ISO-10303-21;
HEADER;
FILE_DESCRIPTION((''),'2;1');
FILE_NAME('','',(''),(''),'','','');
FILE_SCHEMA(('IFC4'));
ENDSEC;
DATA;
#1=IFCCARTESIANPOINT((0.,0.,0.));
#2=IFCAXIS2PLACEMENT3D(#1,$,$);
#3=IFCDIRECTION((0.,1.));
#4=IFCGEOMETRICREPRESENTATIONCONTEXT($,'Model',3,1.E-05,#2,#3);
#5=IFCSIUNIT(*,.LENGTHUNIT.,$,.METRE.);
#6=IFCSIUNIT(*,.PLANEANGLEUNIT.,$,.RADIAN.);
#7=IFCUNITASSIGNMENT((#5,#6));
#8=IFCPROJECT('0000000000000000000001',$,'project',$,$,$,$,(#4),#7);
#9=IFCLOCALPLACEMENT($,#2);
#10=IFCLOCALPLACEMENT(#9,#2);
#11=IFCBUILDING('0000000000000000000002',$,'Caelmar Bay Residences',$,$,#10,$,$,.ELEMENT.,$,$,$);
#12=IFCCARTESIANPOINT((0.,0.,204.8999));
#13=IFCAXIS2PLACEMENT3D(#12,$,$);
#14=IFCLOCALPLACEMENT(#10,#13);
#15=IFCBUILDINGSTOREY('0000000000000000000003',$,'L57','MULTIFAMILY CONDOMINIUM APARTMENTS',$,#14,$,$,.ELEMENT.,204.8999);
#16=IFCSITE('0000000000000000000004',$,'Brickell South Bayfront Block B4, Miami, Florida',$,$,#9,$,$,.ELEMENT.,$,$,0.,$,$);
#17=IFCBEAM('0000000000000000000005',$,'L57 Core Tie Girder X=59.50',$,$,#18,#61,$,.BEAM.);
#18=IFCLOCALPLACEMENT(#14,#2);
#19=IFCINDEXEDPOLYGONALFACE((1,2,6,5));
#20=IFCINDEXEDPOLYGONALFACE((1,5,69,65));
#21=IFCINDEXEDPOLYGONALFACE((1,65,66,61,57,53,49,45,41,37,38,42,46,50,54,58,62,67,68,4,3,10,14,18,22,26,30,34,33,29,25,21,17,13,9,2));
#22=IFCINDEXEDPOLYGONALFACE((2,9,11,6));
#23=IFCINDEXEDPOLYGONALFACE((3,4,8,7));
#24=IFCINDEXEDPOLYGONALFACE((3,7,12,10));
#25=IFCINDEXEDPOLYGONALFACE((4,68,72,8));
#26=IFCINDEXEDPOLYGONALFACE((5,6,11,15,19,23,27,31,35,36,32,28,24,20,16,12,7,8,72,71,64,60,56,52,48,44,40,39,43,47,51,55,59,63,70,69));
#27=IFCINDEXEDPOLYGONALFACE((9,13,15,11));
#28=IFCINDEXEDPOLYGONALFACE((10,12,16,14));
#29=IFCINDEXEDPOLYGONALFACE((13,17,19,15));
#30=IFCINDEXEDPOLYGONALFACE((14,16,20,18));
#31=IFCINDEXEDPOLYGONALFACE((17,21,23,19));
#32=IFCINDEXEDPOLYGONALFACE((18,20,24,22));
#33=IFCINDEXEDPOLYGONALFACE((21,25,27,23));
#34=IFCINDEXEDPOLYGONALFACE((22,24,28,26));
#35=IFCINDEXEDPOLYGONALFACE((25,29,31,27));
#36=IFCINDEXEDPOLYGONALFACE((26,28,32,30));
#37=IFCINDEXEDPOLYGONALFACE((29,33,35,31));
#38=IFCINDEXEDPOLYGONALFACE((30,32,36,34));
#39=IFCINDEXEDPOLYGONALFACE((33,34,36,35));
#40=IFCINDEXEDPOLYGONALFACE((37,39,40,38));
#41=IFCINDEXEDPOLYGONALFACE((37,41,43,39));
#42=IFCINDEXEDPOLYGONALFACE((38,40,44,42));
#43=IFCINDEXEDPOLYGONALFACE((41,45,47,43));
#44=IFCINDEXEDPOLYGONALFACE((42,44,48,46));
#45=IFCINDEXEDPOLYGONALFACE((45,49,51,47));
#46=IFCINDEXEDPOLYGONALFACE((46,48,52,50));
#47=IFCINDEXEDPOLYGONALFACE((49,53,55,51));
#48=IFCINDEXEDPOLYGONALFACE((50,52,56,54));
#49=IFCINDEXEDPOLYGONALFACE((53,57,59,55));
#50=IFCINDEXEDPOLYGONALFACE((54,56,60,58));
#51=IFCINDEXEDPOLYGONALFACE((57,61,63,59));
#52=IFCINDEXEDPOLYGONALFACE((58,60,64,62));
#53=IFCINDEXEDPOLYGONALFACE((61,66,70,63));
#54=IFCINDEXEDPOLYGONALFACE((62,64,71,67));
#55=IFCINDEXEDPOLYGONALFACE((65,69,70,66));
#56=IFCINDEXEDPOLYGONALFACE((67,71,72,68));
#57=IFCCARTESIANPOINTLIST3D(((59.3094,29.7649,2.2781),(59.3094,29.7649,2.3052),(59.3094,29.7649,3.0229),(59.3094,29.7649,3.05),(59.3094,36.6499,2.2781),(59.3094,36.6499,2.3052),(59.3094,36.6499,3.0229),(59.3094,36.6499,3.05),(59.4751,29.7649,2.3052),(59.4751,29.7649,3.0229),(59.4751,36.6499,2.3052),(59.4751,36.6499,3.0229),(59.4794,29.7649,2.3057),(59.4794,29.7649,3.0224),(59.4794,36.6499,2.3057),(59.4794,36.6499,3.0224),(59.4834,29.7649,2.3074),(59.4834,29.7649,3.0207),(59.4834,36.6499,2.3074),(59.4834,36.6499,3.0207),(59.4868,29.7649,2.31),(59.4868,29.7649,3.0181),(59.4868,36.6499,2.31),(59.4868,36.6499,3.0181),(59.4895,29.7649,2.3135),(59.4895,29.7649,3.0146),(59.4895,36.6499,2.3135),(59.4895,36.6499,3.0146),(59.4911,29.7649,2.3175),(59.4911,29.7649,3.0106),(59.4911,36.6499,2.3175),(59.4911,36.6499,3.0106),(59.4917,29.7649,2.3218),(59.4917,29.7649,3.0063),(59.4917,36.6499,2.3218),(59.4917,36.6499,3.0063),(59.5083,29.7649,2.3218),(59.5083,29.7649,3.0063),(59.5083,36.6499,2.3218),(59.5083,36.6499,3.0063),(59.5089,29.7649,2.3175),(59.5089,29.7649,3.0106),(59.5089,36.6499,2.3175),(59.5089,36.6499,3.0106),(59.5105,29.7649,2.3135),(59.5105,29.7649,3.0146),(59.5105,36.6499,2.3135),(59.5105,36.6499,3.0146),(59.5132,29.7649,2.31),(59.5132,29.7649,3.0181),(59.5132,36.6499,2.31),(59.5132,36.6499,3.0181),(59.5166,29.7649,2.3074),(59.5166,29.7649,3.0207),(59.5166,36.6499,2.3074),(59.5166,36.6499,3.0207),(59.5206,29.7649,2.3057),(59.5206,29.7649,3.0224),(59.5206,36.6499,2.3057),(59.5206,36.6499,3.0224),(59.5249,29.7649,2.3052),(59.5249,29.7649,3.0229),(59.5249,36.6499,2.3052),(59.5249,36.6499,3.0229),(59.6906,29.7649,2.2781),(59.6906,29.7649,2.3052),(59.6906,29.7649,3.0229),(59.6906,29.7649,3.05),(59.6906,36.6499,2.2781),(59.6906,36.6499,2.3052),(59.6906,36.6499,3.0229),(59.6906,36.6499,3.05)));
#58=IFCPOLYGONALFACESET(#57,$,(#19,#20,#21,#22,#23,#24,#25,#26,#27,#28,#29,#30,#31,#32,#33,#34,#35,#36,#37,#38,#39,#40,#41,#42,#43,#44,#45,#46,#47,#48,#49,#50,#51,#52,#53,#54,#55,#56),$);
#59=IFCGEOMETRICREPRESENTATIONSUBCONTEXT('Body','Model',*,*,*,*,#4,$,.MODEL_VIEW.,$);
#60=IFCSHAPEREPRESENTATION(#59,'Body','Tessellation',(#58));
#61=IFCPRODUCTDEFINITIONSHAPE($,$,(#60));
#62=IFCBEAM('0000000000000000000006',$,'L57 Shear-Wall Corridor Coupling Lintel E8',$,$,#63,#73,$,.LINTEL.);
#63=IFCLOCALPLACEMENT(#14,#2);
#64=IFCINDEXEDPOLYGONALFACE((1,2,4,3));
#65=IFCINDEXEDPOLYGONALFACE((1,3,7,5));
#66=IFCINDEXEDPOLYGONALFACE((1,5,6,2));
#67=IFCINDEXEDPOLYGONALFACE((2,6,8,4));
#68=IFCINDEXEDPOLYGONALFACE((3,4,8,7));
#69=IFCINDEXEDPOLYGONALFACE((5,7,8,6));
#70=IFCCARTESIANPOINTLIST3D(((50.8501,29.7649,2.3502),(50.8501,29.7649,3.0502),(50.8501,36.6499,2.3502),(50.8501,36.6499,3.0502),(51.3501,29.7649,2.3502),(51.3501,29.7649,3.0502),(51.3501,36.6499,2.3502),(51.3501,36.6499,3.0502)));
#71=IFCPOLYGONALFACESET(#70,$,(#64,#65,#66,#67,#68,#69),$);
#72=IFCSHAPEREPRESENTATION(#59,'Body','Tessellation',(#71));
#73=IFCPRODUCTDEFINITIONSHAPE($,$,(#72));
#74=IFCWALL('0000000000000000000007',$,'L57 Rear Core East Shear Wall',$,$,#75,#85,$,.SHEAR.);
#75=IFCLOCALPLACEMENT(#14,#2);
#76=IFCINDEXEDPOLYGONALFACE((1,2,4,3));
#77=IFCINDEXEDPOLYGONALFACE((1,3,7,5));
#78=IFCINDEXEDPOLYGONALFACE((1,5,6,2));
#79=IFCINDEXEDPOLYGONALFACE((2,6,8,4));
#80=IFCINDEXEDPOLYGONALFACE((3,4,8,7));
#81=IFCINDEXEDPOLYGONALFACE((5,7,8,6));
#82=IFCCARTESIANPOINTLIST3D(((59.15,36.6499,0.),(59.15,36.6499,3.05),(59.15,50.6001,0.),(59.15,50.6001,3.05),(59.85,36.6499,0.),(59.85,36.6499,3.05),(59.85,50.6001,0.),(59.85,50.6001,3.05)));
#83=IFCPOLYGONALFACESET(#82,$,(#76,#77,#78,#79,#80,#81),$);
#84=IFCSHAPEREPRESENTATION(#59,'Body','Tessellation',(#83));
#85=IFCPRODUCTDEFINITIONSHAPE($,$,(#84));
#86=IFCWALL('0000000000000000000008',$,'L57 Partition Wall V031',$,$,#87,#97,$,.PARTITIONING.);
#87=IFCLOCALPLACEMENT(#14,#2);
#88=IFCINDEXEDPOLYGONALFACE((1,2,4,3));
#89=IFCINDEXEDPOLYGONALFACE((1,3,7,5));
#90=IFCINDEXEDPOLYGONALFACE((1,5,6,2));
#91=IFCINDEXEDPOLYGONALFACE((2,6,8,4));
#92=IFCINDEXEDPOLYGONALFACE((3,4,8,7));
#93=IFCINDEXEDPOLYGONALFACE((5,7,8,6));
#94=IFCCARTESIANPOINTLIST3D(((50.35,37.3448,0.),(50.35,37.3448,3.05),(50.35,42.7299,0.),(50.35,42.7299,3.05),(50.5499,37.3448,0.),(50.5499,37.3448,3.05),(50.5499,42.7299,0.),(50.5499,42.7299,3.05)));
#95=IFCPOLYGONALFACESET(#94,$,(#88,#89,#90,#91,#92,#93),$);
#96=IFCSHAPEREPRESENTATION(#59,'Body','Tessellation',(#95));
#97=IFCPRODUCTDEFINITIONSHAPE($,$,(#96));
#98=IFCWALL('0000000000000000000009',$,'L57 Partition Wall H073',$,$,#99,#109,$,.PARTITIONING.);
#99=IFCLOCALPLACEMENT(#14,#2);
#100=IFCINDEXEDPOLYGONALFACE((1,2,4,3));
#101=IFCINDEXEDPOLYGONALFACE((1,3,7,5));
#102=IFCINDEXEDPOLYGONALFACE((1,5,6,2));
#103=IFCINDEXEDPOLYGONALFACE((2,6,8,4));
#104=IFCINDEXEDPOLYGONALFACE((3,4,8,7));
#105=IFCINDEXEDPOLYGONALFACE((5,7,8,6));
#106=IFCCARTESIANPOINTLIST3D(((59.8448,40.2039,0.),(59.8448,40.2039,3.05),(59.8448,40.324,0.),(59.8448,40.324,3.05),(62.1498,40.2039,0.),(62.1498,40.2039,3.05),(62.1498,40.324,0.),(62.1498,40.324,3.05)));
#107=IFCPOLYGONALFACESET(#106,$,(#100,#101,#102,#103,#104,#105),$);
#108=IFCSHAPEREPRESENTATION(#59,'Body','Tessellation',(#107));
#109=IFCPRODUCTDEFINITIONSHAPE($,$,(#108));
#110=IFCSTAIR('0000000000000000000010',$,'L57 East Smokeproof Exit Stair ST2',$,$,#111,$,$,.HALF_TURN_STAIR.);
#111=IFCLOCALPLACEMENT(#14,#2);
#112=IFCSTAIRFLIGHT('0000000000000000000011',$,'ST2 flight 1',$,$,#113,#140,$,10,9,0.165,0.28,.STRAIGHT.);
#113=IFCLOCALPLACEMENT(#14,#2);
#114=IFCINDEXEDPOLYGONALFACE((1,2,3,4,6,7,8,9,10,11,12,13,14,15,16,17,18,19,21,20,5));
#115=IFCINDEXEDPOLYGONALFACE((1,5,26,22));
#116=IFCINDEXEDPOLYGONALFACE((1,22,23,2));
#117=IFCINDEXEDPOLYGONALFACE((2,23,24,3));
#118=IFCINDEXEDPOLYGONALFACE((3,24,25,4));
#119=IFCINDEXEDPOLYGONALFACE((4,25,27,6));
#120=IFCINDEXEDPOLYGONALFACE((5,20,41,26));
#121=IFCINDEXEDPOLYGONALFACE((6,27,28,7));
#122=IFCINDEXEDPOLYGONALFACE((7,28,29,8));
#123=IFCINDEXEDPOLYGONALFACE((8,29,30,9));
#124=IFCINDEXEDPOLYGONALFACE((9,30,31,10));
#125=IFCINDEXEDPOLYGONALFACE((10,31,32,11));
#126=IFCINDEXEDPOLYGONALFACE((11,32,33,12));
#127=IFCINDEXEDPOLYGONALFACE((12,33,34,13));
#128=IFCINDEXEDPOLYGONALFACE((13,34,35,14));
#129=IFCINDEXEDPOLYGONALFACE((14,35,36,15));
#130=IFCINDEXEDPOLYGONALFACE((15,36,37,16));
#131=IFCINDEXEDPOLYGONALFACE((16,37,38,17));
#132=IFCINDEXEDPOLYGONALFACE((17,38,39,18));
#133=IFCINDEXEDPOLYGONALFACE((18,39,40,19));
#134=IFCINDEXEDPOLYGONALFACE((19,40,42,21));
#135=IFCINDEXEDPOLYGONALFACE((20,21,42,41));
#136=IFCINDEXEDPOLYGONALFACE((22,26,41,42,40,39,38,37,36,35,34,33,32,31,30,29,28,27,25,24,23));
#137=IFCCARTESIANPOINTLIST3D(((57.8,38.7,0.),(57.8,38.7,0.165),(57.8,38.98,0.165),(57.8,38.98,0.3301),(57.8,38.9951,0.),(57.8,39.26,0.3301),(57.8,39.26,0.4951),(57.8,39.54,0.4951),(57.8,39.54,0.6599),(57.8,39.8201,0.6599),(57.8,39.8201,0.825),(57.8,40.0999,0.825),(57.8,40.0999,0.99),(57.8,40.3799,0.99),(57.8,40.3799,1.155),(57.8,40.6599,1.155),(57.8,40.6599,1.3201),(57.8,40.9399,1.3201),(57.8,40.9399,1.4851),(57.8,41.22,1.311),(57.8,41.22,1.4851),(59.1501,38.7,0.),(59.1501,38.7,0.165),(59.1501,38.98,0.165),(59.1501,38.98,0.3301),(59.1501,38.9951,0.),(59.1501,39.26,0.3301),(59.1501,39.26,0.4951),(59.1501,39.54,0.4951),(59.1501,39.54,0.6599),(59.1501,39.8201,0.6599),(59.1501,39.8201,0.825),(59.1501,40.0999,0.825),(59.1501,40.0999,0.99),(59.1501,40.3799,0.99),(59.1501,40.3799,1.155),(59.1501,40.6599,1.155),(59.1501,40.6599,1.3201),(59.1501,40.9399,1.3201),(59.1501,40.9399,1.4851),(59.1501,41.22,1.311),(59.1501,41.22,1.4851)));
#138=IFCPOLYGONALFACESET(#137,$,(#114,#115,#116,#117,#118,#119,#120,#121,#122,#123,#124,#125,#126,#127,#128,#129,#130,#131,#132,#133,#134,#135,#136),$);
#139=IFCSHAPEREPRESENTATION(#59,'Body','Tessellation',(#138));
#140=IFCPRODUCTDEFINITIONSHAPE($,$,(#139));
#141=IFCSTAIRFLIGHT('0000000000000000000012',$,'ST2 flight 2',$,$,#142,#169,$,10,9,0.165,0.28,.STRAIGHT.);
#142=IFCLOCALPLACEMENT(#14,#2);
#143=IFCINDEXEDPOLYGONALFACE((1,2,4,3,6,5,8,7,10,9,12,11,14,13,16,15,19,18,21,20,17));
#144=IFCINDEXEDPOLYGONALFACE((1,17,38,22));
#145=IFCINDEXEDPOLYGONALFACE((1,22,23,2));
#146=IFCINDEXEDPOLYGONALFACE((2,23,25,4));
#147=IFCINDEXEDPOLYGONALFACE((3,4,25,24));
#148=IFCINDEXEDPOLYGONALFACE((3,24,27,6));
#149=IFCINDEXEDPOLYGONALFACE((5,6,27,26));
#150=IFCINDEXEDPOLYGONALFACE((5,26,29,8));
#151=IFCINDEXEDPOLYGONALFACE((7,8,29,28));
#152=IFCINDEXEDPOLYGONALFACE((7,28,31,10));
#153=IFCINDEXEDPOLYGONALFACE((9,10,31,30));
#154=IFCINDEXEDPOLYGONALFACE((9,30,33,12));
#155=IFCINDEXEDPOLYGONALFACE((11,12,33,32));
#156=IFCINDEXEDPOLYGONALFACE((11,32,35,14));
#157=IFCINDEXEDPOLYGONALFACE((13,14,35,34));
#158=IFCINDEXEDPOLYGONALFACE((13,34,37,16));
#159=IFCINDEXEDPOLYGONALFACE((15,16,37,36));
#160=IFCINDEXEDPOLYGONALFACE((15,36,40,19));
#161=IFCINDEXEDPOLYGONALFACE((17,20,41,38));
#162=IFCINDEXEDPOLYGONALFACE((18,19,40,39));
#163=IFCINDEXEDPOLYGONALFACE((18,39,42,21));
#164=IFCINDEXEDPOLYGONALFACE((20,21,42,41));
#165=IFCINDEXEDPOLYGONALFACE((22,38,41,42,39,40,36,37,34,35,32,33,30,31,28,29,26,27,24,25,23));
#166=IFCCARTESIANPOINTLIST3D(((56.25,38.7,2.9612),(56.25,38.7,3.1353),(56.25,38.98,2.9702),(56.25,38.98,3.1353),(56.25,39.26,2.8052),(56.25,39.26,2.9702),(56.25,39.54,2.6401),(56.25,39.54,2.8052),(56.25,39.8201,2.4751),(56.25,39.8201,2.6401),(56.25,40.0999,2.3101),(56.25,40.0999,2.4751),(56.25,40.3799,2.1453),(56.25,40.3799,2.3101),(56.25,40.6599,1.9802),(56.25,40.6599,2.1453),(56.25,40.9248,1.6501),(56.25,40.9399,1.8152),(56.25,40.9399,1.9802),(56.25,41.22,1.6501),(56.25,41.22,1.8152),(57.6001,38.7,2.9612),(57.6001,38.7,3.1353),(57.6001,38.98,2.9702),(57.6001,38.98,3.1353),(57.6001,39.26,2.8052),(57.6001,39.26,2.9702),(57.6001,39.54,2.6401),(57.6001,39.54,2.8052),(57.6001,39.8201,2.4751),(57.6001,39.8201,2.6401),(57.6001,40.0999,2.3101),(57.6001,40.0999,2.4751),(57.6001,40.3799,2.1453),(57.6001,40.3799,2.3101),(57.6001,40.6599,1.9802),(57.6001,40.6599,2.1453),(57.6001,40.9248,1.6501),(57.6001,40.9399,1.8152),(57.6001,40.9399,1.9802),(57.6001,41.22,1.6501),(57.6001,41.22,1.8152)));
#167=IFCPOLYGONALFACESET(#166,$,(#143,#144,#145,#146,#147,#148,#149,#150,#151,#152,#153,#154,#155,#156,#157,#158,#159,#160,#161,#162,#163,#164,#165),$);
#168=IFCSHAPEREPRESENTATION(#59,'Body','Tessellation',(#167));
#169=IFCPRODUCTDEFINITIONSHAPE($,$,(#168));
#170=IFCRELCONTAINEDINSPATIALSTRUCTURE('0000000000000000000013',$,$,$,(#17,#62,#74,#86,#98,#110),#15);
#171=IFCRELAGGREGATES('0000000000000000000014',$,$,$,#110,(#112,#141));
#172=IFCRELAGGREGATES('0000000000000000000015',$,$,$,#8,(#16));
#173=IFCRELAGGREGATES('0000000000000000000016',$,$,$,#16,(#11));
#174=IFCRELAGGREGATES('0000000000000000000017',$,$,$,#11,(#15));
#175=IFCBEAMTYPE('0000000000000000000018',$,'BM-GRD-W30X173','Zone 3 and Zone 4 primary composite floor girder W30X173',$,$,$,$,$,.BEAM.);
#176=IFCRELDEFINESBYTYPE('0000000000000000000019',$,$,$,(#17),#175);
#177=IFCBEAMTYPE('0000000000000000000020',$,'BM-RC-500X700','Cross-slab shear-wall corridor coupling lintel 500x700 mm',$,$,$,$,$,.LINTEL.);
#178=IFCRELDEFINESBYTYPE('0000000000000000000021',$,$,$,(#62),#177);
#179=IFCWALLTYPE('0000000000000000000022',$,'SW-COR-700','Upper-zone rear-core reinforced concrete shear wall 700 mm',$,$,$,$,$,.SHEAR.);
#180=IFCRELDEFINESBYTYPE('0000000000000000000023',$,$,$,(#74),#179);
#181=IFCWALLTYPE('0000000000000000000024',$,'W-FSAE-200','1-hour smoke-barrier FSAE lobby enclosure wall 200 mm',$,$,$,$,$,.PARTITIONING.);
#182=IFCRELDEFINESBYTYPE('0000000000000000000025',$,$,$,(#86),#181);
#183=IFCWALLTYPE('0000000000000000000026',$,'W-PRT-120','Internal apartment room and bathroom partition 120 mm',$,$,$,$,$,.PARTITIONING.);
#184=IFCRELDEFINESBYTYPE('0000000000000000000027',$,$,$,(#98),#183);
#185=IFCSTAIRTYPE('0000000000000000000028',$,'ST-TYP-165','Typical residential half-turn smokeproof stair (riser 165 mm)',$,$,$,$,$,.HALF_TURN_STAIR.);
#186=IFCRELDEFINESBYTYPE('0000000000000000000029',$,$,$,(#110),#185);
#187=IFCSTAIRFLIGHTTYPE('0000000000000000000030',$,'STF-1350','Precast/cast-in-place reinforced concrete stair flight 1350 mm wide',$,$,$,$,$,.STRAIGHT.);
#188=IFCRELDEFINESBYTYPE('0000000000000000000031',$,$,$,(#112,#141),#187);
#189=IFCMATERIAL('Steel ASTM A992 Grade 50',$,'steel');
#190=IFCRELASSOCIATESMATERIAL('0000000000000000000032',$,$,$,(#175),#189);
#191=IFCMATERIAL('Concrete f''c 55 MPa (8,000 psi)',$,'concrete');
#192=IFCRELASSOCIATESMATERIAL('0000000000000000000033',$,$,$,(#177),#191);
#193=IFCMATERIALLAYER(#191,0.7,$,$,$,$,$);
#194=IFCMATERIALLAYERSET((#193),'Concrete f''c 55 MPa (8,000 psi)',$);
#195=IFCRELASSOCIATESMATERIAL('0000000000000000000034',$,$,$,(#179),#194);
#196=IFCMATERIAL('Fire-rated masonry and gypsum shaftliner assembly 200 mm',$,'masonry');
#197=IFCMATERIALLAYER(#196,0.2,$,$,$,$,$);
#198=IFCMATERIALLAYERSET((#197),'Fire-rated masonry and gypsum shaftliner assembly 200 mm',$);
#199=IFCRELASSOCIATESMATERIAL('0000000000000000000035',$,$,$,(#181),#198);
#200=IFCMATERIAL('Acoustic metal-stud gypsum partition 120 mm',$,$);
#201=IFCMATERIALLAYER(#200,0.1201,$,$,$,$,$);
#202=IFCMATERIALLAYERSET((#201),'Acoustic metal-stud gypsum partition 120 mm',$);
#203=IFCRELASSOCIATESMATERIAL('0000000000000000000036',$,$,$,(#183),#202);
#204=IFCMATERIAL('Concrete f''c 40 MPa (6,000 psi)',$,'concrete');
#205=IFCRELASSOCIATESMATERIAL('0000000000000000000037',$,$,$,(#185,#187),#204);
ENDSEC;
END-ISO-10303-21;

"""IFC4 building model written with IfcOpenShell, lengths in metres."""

from ifc_helpers import new_model, si_unit, direction, frame, frame_2d, origin, origin_2d, place, context, subcontext, project, spatial, polyline, rectangle, i_section, outline, extrude, material, layer, layer_set, material_profile, profile_set, type_object, element, aggregate, save


model = new_model("IFC4")

# Units and contexts
model_context = context("Model", 3, precision=1e-05, world=origin(), true_north=direction((0.0, 1.0)))
body_context = subcontext(model_context, "Body", "Model", "MODEL_VIEW")
ifc_project = project(units=[si_unit("LENGTHUNIT", "METRE"), si_unit("PLANEANGLEUNIT", "RADIAN")], contexts=[model_context])

# Site, building, storey
site_placement = place(None, origin())
site = spatial("IfcSite", under=ifc_project, at=site_placement, Name="Brickell South Bayfront Block B4, Miami, Florida", CompositionType="ELEMENT", RefElevation=0.0)
building_placement = place(site_placement, origin())
building = spatial("IfcBuilding", under=site, at=building_placement, Name="Caelmar Bay Residences", CompositionType="ELEMENT")
storey_placement = place(building_placement, frame((0.0, 0.0, 204.8999)))
storey = spatial("IfcBuildingStorey", under=building, at=storey_placement, Name="L57", Description="MULTIFAMILY CONDOMINIUM APARTMENTS", CompositionType="ELEMENT", Elevation=204.8999)

# Beams
ifc_material_1 = material(Name="Steel ASTM A992 Grade 50", Category="steel")
ifc_material_profile_1 = material_profile(ifc_material_1, i_section(OverallWidth=0.3811, OverallDepth=0.772, WebThickness=0.0166, FlangeThickness=0.0271, FilletRadius=0.0166, at=origin_2d()), Name="W30X173")
ifc_profile_set_1 = profile_set([ifc_material_profile_1], Name="Steel ASTM A992 Grade 50")
beam_type_1 = type_object("IfcBeamType", Name="BM-GRD-W30X173", Description="Zone 3 and Zone 4 primary composite floor girder W30X173", PredefinedType="BEAM", material=ifc_profile_set_1)
beam_1_placement = place(storey_placement, frame((59.5, 29.7649, 2.6641), z_axis=(0.0, 1.0, 0.0), x_axis=(-1.0, 0.0, 0.0)))
element("IfcBeam", 1, at=beam_1_placement, inside=storey, type_object=beam_type_1, Name="L57 Core Tie Girder X=59.50", PredefinedType="BEAM", context=body_context, shape_type="SweptSolid", body=[
    extrude(i_section(OverallWidth=0.3811, OverallDepth=0.772, WebThickness=0.0166, FlangeThickness=0.0271, FilletRadius=0.0166, at=origin_2d()), origin(), (0.0, 0.0, 1.0), 6.885),
])
ifc_material_2 = material(Name="Concrete f'c 55 MPa (8,000 psi)", Category="concrete")
ifc_material_profile_2 = material_profile(ifc_material_2, rectangle(XDim=0.5, YDim=0.7, at=origin_2d()), Name="RC-BM-500X700")
ifc_profile_set_2 = profile_set([ifc_material_profile_2], Name="Concrete f'c 55 MPa (8,000 psi)")
beam_type_2 = type_object("IfcBeamType", Name="BM-RC-500X700", Description="Cross-slab shear-wall corridor coupling lintel 500x700 mm", PredefinedType="LINTEL", material=ifc_profile_set_2)
beam_2_placement = place(storey_placement, frame((51.1001, 29.7649, 2.7002), z_axis=(0.0, 1.0, 0.0), x_axis=(-1.0, 0.0, 0.0)))
element("IfcBeam", 2, at=beam_2_placement, inside=storey, type_object=beam_type_2, Name="L57 Shear-Wall Corridor Coupling Lintel E8", PredefinedType="LINTEL", context=body_context, shape_type="SweptSolid", body=[
    extrude(rectangle(XDim=0.5, YDim=0.7, at=origin_2d()), origin(), (0.0, 0.0, 1.0), 6.885),
])

# Wall
ifc_layer_1 = layer(ifc_material_2, 0.7)
ifc_layer_set_1 = layer_set([ifc_layer_1], Name="Concrete f'c 55 MPa (8,000 psi)")
wall_type_1 = type_object("IfcWallType", Name="SW-COR-700", Description="Upper-zone rear-core reinforced concrete shear wall 700 mm", PredefinedType="SHEAR", material=ifc_layer_set_1)
wall_1_placement = place(storey_placement, frame((59.5, 36.6499, 0.0), z_axis=(0.0, 0.0, 1.0), x_axis=(0.0, 1.0, 0.0)))
element("IfcWall", 3, at=wall_1_placement, inside=storey, type_object=wall_type_1, Name="L57 Rear Core East Shear Wall", PredefinedType="SHEAR", context=body_context, shape_type="SweptSolid", body=[
    extrude(rectangle(XDim=13.9502, YDim=0.7, at=frame_2d((6.9751, 0.0))), origin(), (0.0, 0.0, 1.0), 3.05),
])

# Walls
ifc_material_3 = material(Name="Fire-rated masonry and gypsum shaftliner assembly 200 mm", Category="masonry")
ifc_layer_2 = layer(ifc_material_3, 0.2)
ifc_layer_set_2 = layer_set([ifc_layer_2], Name="Fire-rated masonry and gypsum shaftliner assembly 200 mm")
wall_type_2 = type_object("IfcWallType", Name="W-FSAE-200", Description="1-hour smoke-barrier FSAE lobby enclosure wall 200 mm", PredefinedType="PARTITIONING", material=ifc_layer_set_2)
wall_2_placement = place(storey_placement, frame((50.45, 37.345, 0.0), z_axis=(0.0, 0.0, 1.0), x_axis=(0.0, 1.0, 0.0)))
element("IfcWall", 4, at=wall_2_placement, inside=storey, type_object=wall_type_2, Name="L57 Partition Wall V031", PredefinedType="PARTITIONING", context=body_context, shape_type="SweptSolid", body=[
    extrude(rectangle(XDim=5.385, YDim=0.2, at=frame_2d((2.6924, 0.0))), origin(), (0.0, 0.0, 1.0), 3.05),
])
ifc_material_4 = material(Name="Acoustic metal-stud gypsum partition 120 mm")
ifc_layer_3 = layer(ifc_material_4, 0.1201)
ifc_layer_set_3 = layer_set([ifc_layer_3], Name="Acoustic metal-stud gypsum partition 120 mm")
wall_type_3 = type_object("IfcWallType", Name="W-PRT-120", Description="Internal apartment room and bathroom partition 120 mm", PredefinedType="PARTITIONING", material=ifc_layer_set_3)
wall_3_placement = place(storey_placement, frame((59.845, 40.2639, 0.0), z_axis=(0.0, 0.0, 1.0), x_axis=(1.0, 0.0, 0.0)))
element("IfcWall", 5, at=wall_3_placement, inside=storey, type_object=wall_type_3, Name="L57 Partition Wall H073", PredefinedType="PARTITIONING", context=body_context, shape_type="SweptSolid", body=[
    extrude(rectangle(XDim=2.3049, YDim=0.1201, at=frame_2d((1.1523, 0.0))), origin(), (0.0, 0.0, 1.0), 3.05),
])

# Stair, stair flights
ifc_material_5 = material(Name="Concrete f'c 40 MPa (6,000 psi)", Category="concrete")
stair_type = type_object("IfcStairType", Name="ST-TYP-165", Description="Typical residential half-turn smokeproof stair (riser 165 mm)", PredefinedType="HALF_TURN_STAIR", material=ifc_material_5)
stair_placement = place(storey_placement, origin())
stair = element("IfcStair", 6, at=stair_placement, inside=storey, type_object=stair_type, Name="L57 East Smokeproof Exit Stair ST2", PredefinedType="HALF_TURN_STAIR")
stair_flight_type = type_object("IfcStairFlightType", Name="STF-1350", Description="Precast/cast-in-place reinforced concrete stair flight 1350 mm wide", PredefinedType="STRAIGHT", material=ifc_material_5)
stair_flight_1_placement = place(storey_placement, frame((58.4751, 38.7, 0.0), z_axis=(0.0, 0.0, 1.0), x_axis=(0.0, 1.0, 0.0)))
stair_flight_1 = element("IfcStairFlight", 7, at=stair_flight_1_placement, type_object=stair_flight_type, Name="ST2 flight 1", NumberOfRisers=10, NumberOfTreads=9, PredefinedType="STRAIGHT", RiserHeight=0.165, TreadLength=0.28, context=body_context, shape_type="SweptSolid", body=[
    extrude(outline(polyline([(0.0, 0.0), (0.0, 0.165), (0.28, 0.165), (0.28, 0.3301), (0.5601, 0.3301), (0.5601, 0.4951), (0.8401, 0.4951), (0.8401, 0.6599), (1.1201, 0.6599), (1.1201, 0.825), (1.3999, 0.825), (1.3999, 0.99), (1.6799, 0.99), (1.6799, 1.155), (1.96, 1.155), (1.96, 1.3201), (2.24, 1.3201), (2.24, 1.4851), (2.52, 1.4851), (2.52, 1.6499), (2.52, 1.311), (0.2952, 0.0), (0.0, 0.0)])), frame((0.0, 0.675, 0.0), z_axis=(0.0, -1.0, 0.0), x_axis=(1.0, 0.0, 0.0)), (0.0, 0.0, 1.0), 1.3501),
])
stair_flight_2_placement = place(storey_placement, frame((56.925, 41.22, 1.6501), z_axis=(0.0, 0.0, 1.0), x_axis=(0.0, -1.0, 0.0)))
stair_flight_2 = element("IfcStairFlight", 8, at=stair_flight_2_placement, type_object=stair_flight_type, Name="ST2 flight 2", NumberOfRisers=10, NumberOfTreads=9, PredefinedType="STRAIGHT", RiserHeight=0.165, TreadLength=0.28, context=body_context, shape_type="SweptSolid", body=[
    extrude(outline(polyline([(0.0, 0.0), (0.0, 0.165), (0.28, 0.165), (0.28, 0.3301), (0.5601, 0.3301), (0.5601, 0.4951), (0.8401, 0.4951), (0.8401, 0.6599), (1.1201, 0.6599), (1.1201, 0.825), (1.3999, 0.825), (1.3999, 0.99), (1.6799, 0.99), (1.6799, 1.155), (1.96, 1.155), (1.96, 1.3201), (2.24, 1.3201), (2.24, 1.4851), (2.52, 1.4851), (2.52, 1.6499), (2.52, 1.311), (0.2952, 0.0), (0.0, 0.0)])), frame((0.0, 0.675, 0.0), z_axis=(0.0, -1.0, 0.0), x_axis=(1.0, 0.0, 0.0)), (0.0, 0.0, 1.0), 1.3501),
])
aggregate(stair, [stair_flight_1, stair_flight_2])

save(model, "model.ifc")
